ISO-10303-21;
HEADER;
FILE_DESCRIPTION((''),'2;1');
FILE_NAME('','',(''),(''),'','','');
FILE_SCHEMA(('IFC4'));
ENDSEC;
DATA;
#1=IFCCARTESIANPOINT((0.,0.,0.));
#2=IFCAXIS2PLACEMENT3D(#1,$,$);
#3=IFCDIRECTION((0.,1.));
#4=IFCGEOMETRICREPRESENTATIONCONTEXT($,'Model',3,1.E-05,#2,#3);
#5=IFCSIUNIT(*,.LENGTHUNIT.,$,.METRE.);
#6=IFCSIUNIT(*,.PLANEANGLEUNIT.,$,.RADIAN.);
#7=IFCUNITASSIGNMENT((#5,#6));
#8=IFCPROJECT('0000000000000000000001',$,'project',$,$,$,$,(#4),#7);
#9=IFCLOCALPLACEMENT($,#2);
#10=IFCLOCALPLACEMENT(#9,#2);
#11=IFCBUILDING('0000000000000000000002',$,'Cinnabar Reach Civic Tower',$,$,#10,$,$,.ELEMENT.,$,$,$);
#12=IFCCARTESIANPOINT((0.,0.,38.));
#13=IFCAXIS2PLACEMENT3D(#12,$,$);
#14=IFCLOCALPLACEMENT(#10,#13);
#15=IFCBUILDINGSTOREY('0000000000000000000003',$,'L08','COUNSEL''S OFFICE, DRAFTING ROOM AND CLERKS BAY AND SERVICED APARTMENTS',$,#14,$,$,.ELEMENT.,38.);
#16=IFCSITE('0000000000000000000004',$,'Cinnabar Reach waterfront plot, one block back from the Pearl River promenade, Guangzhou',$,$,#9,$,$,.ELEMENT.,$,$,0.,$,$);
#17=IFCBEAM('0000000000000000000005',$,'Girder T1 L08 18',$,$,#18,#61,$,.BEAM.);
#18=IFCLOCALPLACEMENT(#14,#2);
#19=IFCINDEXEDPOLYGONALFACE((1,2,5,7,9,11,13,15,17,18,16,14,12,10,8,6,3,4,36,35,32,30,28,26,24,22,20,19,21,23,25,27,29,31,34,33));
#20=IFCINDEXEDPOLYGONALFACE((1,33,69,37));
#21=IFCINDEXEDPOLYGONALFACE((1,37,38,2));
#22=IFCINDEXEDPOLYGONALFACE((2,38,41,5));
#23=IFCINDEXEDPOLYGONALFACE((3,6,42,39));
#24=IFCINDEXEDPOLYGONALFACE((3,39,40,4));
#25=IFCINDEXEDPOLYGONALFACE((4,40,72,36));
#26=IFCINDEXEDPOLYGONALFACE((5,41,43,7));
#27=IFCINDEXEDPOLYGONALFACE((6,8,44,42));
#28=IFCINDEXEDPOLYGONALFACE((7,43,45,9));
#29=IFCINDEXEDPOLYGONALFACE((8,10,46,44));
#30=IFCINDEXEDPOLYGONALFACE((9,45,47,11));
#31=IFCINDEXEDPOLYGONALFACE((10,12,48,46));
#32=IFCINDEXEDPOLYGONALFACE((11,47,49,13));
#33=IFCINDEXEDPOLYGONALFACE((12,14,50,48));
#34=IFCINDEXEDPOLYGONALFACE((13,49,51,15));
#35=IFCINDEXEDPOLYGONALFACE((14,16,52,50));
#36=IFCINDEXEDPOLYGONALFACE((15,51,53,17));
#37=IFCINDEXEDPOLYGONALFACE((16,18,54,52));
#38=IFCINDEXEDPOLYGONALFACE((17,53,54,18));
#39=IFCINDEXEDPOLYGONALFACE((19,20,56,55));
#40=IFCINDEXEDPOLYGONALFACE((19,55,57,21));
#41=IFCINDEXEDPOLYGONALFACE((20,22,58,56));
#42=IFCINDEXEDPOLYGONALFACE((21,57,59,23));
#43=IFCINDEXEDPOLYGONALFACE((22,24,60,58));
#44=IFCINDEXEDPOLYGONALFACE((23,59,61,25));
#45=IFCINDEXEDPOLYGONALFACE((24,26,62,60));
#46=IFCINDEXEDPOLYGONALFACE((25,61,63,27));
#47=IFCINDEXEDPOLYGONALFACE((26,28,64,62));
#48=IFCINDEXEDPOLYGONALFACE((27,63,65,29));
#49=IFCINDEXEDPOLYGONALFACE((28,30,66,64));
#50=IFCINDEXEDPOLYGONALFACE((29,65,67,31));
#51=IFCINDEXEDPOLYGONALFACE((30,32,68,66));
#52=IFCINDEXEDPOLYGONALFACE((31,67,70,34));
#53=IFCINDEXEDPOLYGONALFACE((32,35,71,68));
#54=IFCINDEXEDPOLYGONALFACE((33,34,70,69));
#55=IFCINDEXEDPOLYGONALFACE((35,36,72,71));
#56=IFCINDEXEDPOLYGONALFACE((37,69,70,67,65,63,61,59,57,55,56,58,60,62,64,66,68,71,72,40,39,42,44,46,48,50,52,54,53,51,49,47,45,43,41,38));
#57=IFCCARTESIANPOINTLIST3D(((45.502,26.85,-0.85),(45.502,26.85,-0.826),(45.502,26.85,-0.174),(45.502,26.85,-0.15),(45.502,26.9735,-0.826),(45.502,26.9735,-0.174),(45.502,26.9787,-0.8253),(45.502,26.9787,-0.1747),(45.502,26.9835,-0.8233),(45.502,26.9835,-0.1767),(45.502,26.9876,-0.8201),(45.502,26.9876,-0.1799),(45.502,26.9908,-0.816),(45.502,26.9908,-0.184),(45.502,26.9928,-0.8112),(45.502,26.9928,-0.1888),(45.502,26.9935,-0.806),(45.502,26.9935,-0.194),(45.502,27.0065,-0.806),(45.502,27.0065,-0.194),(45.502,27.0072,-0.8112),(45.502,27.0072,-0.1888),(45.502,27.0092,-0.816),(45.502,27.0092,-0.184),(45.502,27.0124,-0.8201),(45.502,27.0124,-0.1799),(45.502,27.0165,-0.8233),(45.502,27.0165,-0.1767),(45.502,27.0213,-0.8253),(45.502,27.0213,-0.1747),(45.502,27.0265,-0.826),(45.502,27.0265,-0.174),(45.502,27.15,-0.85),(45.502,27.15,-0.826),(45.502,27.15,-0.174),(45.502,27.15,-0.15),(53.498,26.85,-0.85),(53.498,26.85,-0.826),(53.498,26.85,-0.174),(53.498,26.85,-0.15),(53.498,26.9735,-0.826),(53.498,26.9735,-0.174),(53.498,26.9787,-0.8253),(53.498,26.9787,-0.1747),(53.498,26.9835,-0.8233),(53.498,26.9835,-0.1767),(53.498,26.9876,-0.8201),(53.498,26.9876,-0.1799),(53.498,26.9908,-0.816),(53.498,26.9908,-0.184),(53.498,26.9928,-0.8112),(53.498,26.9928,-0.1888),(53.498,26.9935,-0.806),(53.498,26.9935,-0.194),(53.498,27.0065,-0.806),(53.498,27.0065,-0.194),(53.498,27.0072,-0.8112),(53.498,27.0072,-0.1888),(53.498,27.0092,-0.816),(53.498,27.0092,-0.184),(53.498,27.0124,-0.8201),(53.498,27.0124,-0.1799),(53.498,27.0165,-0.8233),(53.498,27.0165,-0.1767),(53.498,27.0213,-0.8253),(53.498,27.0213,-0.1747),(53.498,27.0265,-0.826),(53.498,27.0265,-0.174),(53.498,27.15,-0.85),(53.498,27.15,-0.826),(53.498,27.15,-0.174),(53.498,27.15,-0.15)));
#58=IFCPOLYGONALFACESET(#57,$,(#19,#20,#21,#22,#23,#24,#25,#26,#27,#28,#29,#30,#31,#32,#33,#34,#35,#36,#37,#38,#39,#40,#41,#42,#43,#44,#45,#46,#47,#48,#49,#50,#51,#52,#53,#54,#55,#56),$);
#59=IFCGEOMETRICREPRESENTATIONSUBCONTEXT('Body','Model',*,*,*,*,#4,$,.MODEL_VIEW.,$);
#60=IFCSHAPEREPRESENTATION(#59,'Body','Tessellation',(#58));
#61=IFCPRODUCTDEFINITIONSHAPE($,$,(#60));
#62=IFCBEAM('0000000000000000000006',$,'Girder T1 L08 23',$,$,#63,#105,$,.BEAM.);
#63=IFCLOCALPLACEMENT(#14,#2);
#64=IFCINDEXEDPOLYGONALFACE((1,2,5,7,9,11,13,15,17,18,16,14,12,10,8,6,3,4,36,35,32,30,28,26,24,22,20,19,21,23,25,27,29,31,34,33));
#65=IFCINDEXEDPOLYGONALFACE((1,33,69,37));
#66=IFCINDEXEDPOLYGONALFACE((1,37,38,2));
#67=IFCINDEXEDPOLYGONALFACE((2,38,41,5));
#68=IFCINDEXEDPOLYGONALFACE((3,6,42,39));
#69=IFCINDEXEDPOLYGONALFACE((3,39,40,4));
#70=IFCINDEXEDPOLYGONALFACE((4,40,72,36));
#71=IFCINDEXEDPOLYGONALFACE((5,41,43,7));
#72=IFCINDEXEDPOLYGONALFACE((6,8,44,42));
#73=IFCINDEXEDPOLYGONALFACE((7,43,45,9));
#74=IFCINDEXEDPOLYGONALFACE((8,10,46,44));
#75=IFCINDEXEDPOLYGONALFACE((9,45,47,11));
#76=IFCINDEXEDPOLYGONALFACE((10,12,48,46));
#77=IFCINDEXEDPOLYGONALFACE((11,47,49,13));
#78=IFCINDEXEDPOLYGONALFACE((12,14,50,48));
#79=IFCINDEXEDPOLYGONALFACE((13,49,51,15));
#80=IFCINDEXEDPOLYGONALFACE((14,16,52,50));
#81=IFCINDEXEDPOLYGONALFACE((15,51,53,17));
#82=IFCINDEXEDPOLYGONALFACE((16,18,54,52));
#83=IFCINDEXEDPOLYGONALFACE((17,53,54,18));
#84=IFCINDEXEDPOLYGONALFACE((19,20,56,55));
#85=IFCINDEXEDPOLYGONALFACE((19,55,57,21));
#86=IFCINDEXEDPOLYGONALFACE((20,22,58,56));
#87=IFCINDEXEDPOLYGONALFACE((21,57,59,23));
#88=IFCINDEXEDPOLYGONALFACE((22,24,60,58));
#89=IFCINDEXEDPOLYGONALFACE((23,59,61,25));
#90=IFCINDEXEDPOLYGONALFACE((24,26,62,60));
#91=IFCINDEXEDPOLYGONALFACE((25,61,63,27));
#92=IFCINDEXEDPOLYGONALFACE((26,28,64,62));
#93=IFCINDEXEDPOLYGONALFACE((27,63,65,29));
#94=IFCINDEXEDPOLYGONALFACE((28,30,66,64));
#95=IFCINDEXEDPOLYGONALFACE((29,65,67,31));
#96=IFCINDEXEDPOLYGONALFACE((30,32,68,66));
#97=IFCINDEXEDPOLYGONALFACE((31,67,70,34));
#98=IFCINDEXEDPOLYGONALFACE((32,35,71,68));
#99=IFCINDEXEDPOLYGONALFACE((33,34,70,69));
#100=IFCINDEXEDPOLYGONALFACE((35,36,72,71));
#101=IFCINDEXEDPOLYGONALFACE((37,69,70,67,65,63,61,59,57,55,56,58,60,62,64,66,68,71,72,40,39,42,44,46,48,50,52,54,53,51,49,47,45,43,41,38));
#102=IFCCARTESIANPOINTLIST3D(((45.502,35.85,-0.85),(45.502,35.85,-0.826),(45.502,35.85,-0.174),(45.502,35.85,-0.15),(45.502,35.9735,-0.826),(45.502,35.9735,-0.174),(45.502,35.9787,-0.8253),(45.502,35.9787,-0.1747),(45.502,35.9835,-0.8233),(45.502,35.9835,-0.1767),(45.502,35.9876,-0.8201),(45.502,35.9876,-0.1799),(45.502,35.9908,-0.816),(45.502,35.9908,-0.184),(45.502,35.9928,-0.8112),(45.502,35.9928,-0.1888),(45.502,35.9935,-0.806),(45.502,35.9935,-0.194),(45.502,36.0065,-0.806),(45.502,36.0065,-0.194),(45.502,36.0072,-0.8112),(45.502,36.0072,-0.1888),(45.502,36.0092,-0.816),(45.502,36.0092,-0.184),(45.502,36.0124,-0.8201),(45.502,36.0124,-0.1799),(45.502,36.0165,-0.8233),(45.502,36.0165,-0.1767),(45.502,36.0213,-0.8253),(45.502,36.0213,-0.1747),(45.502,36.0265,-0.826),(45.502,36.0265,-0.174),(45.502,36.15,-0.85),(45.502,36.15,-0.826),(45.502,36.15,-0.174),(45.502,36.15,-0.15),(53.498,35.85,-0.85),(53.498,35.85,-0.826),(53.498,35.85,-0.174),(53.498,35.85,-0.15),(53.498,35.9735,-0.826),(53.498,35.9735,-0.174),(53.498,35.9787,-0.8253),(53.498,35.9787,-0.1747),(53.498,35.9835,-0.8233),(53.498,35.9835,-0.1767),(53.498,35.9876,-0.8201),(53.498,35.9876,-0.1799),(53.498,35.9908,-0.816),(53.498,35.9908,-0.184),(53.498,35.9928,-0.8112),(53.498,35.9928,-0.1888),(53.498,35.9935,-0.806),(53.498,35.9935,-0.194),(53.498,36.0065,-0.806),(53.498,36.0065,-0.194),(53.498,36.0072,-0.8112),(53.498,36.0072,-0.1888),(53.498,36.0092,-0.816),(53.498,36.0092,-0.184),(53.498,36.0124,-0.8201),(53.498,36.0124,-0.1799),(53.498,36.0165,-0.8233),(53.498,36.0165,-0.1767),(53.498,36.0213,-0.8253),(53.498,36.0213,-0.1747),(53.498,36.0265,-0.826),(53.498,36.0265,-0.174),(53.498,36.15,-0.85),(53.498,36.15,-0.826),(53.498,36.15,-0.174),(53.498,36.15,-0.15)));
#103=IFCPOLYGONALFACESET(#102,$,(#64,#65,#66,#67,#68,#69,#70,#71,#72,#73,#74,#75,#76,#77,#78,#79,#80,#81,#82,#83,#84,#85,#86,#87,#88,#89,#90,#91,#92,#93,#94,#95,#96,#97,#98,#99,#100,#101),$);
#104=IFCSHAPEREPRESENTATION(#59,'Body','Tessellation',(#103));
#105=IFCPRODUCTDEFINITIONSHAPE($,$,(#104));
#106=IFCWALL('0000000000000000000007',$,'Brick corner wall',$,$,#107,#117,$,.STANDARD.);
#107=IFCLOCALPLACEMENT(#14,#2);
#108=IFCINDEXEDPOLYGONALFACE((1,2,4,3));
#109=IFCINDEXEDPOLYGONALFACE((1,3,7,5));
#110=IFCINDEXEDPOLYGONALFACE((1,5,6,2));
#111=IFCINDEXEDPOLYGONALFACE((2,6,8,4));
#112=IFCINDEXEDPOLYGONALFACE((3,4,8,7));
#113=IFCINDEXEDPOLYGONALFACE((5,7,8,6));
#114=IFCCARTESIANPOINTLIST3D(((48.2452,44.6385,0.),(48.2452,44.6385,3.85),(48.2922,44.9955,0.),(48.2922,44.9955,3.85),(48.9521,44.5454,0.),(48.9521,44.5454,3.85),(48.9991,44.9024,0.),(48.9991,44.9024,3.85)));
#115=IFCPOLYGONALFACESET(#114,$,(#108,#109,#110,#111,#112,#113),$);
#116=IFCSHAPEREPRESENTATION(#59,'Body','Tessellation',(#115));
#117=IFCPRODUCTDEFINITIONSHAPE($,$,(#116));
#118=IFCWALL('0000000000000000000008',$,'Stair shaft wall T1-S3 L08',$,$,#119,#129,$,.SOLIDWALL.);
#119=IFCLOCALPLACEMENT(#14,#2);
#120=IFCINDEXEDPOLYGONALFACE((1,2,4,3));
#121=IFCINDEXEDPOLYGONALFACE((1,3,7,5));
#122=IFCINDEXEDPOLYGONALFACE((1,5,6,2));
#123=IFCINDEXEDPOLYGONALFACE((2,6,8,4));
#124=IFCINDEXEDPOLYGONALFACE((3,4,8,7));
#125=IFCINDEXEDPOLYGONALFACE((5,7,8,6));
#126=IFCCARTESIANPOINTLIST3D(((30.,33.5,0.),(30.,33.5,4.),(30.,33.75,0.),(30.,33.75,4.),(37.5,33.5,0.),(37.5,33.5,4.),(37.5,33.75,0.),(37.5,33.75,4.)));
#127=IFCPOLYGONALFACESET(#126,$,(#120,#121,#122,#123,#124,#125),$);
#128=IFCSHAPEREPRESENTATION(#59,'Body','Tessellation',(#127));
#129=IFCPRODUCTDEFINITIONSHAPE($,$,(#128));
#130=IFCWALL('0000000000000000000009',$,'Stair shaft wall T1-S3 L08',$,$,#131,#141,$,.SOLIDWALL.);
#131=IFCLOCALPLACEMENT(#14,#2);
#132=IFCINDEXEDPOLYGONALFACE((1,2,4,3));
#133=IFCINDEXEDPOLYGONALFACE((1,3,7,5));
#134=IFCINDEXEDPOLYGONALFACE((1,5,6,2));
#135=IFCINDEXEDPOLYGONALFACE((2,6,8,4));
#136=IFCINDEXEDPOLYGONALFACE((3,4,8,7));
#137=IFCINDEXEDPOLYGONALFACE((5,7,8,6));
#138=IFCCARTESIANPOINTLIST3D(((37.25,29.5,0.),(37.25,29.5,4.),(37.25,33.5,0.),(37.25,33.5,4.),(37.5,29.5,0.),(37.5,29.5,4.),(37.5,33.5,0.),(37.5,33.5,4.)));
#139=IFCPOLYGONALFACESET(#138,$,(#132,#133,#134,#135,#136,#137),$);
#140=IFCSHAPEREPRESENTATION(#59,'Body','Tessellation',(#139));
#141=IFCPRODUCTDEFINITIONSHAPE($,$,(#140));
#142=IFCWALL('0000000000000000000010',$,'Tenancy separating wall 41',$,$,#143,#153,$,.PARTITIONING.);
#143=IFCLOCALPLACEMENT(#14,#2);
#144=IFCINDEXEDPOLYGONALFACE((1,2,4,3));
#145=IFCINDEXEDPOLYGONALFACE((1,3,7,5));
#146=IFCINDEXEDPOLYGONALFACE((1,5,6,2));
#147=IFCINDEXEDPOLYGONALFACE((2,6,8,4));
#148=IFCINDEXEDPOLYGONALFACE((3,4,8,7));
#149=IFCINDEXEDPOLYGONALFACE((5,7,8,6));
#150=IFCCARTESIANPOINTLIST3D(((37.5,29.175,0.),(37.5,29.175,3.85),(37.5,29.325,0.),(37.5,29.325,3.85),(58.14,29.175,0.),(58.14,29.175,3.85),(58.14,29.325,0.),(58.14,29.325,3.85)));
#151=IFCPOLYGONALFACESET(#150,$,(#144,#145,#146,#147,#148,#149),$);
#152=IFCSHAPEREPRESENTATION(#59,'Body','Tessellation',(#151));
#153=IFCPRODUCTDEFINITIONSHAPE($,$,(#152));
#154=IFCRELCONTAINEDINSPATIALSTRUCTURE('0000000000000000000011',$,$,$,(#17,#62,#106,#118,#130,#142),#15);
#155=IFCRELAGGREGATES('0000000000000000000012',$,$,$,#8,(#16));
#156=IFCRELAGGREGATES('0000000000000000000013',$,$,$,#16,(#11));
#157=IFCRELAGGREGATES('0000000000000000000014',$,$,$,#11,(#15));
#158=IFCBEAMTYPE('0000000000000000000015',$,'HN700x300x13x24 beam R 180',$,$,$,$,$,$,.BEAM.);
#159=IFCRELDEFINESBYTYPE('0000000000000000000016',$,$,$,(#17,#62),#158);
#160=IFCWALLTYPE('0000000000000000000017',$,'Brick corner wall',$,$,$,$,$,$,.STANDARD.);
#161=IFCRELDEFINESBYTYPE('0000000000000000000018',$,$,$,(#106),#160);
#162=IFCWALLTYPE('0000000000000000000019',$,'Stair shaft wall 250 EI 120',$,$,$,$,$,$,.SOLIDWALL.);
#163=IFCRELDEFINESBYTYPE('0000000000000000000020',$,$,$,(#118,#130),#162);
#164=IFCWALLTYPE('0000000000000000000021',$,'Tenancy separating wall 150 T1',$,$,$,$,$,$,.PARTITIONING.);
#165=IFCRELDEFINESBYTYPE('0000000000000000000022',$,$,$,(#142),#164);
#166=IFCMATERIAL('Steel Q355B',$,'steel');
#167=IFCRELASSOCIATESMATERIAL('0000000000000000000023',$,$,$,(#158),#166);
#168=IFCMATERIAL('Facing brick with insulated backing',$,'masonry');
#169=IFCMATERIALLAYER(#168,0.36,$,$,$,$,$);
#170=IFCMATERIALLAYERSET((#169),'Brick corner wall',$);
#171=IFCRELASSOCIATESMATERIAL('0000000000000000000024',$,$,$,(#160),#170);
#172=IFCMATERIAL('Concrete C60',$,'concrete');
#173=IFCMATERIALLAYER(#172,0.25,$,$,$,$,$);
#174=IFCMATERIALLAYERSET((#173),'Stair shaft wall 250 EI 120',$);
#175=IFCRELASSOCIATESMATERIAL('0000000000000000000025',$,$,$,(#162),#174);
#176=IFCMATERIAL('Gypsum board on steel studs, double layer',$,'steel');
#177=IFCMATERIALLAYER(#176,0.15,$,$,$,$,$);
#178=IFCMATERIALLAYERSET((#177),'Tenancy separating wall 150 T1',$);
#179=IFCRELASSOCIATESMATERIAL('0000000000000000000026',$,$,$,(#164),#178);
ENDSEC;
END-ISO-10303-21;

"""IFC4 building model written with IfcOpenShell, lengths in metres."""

from ifc_helpers import new_model, si_unit, direction, frame, frame_2d, origin, origin_2d, place, context, subcontext, project, spatial, rectangle, i_section, extrude, material, layer, layer_set, material_profile, profile_set, type_object, element, save


model = new_model("IFC4")

# Units and contexts
model_context = context("Model", 3, precision=1e-05, world=origin(), true_north=direction((0.0, 1.0)))
body_context = subcontext(model_context, "Body", "Model", "MODEL_VIEW")
ifc_project = project(units=[si_unit("LENGTHUNIT", "METRE"), si_unit("PLANEANGLEUNIT", "RADIAN")], contexts=[model_context])

# Site, building, storey
site_placement = place(None, origin())
site = spatial("IfcSite", under=ifc_project, at=site_placement, Name="Cinnabar Reach waterfront plot, one block back from the Pearl River promenade, Guangzhou", CompositionType="ELEMENT", RefElevation=0.0)
building_placement = place(site_placement, origin())
building = spatial("IfcBuilding", under=site, at=building_placement, Name="Cinnabar Reach Civic Tower", CompositionType="ELEMENT")
storey_placement = place(building_placement, frame((0.0, 0.0, 38.0)))
storey = spatial("IfcBuildingStorey", under=building, at=storey_placement, Name="L08", Description="COUNSEL'S OFFICE, DRAFTING ROOM AND CLERKS BAY AND SERVICED APARTMENTS", CompositionType="ELEMENT", Elevation=38.0)

# Beams
ifc_material_1 = material(Name="Steel Q355B", Category="steel")
ifc_material_profile_1 = material_profile(ifc_material_1, i_section(OverallWidth=0.3, OverallDepth=0.7, WebThickness=0.013, FlangeThickness=0.024, FilletRadius=0.02, at=origin_2d()), Name="HN700x300x13x24")
ifc_profile_set_1 = profile_set([ifc_material_profile_1], Name="Steel Q355B")
beam_type_1 = type_object("IfcBeamType", Name="HN700x300x13x24 beam R 180", PredefinedType="BEAM", material=ifc_profile_set_1)
for number, where, z_axis, x_axis, name in (
    (1, (45.502, 27.0, -0.5), (1.0, 0.0, 0.0), (0.0, 1.0, 0.0), "Girder T1 L08 18"),
    (2, (45.502, 36.0, -0.5), (1.0, 0.0, 0.0), (0.0, 1.0, 0.0), "Girder T1 L08 23"),
):
    element("IfcBeam", number, at=place(storey_placement, frame(where, z_axis=z_axis, x_axis=x_axis)), inside=storey, type_object=beam_type_1, Name=name, PredefinedType="BEAM", context=body_context, shape_type="SweptSolid", body=[
        extrude(i_section(OverallWidth=0.3, OverallDepth=0.7, WebThickness=0.013, FlangeThickness=0.024, FilletRadius=0.02, at=origin_2d()), origin(), (0.0, 0.0, 1.0), 7.996),
    ])

# Wall
ifc_material_2 = material(Name="Facing brick with insulated backing", Category="masonry")
ifc_layer_1 = layer(ifc_material_2, 0.36)
ifc_layer_set_1 = layer_set([ifc_layer_1], Name="Brick corner wall")
wall_type_1 = type_object("IfcWallType", Name="Brick corner wall", PredefinedType="STANDARD", material=ifc_layer_set_1)
wall_1_placement = place(storey_placement, frame((48.9756, 44.7239, 0.0), z_axis=(0.0, 0.0, 1.0), x_axis=(-0.991441, 0.130556, 0.0)))
element("IfcWall", 3, at=wall_1_placement, inside=storey, type_object=wall_type_1, Name="Brick corner wall", PredefinedType="STANDARD", context=body_context, shape_type="SweptSolid", body=[
    extrude(rectangle(XDim=0.7131, YDim=0.36, at=frame_2d((0.3565, 0.0))), origin(), (0.0, 0.0, 1.0), 3.85),
])

# Walls
ifc_material_3 = material(Name="Concrete C60", Category="concrete")
ifc_layer_2 = layer(ifc_material_3, 0.25)
ifc_layer_set_2 = layer_set([ifc_layer_2], Name="Stair shaft wall 250 EI 120")
wall_type_2 = type_object("IfcWallType", Name="Stair shaft wall 250 EI 120", PredefinedType="SOLIDWALL", material=ifc_layer_set_2)
wall_2_placement = place(storey_placement, frame((37.5, 33.625, 0.0), z_axis=(0.0, 0.0, 1.0), x_axis=(-1.0, 0.0, 0.0)))
element("IfcWall", 4, at=wall_2_placement, inside=storey, type_object=wall_type_2, Name="Stair shaft wall T1-S3 L08", PredefinedType="SOLIDWALL", context=body_context, shape_type="SweptSolid", body=[
    extrude(rectangle(XDim=7.5, YDim=0.25, at=frame_2d((3.75, 0.0))), origin(), (0.0, 0.0, 1.0), 4.0),
])
wall_3_placement = place(storey_placement, frame((37.375, 29.5, 0.0), z_axis=(0.0, 0.0, 1.0), x_axis=(0.0, 1.0, 0.0)))
element("IfcWall", 5, at=wall_3_placement, inside=storey, type_object=wall_type_2, Name="Stair shaft wall T1-S3 L08", PredefinedType="SOLIDWALL", context=body_context, shape_type="SweptSolid", body=[
    extrude(rectangle(XDim=4.0, YDim=0.25, at=frame_2d((2.0, 0.0))), origin(), (0.0, 0.0, 1.0), 4.0),
])
ifc_material_4 = material(Name="Gypsum board on steel studs, double layer", Category="steel")
ifc_layer_3 = layer(ifc_material_4, 0.15)
ifc_layer_set_3 = layer_set([ifc_layer_3], Name="Tenancy separating wall 150 T1")
wall_type_3 = type_object("IfcWallType", Name="Tenancy separating wall 150 T1", PredefinedType="PARTITIONING", material=ifc_layer_set_3)
wall_4_placement = place(storey_placement, frame((37.5, 29.25, 0.0), z_axis=(0.0, 0.0, 1.0), x_axis=(1.0, 0.0, 0.0)))
element("IfcWall", 6, at=wall_4_placement, inside=storey, type_object=wall_type_3, Name="Tenancy separating wall 41", PredefinedType="PARTITIONING", context=body_context, shape_type="SweptSolid", body=[
    extrude(rectangle(XDim=20.64, YDim=0.15, at=frame_2d((10.32, 0.0))), origin(), (0.0, 0.0, 1.0), 3.85),
])

save(model, "model.ifc")
